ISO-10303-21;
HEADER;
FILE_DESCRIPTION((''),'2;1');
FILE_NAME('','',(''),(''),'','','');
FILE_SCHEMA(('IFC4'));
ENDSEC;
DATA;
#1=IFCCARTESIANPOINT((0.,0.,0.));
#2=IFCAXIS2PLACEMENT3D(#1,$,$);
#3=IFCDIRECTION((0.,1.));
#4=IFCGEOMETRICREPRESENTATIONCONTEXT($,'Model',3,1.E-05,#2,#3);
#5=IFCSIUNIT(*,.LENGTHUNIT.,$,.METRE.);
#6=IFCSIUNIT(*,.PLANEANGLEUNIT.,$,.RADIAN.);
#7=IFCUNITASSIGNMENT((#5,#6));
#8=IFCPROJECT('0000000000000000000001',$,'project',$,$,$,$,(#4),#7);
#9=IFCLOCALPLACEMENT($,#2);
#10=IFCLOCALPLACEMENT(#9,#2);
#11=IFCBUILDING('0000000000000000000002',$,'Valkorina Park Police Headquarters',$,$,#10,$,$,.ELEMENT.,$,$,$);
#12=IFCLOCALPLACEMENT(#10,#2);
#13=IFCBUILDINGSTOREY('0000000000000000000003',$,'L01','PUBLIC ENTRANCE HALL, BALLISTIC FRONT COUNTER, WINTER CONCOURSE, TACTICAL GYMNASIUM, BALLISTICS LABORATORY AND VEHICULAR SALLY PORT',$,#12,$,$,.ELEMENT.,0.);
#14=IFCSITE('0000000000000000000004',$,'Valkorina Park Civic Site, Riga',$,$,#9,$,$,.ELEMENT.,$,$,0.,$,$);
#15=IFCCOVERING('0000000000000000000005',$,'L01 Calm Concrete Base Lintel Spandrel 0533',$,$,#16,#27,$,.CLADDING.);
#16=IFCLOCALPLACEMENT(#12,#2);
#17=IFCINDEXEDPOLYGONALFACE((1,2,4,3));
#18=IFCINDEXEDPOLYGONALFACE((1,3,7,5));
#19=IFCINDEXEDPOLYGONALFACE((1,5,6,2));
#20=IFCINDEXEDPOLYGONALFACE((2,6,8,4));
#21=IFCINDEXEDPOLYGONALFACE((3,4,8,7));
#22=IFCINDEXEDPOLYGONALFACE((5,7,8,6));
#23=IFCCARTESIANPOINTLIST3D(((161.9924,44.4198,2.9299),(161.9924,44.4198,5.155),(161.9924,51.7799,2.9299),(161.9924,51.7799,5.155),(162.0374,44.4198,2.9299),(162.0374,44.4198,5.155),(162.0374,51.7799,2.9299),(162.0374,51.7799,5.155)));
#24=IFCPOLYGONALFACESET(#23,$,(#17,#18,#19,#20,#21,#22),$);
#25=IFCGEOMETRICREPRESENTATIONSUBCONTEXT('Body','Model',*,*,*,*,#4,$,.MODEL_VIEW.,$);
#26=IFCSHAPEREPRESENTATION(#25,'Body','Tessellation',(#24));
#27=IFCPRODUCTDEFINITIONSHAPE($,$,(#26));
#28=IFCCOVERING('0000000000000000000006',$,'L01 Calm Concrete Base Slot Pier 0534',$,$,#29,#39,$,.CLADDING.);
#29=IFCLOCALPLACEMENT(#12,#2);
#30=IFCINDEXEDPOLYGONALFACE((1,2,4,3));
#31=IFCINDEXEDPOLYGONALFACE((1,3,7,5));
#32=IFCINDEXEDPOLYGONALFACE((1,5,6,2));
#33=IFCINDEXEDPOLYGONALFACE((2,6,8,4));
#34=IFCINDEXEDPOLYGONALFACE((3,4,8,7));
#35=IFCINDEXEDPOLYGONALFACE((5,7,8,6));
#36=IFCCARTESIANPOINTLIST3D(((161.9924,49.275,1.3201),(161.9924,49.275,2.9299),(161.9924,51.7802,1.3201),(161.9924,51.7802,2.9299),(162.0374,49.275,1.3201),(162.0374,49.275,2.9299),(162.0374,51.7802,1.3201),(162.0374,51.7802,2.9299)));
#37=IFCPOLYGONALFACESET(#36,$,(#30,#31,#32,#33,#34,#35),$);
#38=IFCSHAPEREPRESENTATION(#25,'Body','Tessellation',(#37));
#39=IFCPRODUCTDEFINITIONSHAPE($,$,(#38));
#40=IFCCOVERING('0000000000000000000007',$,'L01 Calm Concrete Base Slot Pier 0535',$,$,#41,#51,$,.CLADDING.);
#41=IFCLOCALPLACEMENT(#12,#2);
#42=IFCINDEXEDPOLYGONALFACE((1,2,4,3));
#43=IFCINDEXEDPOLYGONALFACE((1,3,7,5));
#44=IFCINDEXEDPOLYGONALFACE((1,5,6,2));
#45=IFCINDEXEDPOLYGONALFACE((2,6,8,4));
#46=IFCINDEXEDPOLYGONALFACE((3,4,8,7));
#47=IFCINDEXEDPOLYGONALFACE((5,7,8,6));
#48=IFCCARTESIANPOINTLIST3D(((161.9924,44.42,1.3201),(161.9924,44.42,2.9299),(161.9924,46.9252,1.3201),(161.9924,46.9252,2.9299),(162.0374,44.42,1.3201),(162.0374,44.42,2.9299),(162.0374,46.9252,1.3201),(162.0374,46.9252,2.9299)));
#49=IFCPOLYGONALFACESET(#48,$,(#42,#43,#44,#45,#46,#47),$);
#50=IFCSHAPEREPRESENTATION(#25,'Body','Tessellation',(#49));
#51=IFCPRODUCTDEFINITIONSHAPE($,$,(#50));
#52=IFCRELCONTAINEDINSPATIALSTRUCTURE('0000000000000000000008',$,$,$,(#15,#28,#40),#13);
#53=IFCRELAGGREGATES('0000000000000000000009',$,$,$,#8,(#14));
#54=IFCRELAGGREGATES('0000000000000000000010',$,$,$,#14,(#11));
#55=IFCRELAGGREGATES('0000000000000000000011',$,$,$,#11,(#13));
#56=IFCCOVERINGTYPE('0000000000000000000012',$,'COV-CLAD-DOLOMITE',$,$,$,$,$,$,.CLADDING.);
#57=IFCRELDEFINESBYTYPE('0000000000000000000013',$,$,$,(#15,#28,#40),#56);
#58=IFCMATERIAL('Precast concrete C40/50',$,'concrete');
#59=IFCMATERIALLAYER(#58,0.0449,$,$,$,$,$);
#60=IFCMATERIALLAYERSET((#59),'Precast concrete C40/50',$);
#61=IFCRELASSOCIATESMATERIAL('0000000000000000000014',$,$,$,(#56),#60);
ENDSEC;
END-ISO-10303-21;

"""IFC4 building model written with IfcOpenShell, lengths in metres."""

from ifc_helpers import new_model, si_unit, direction, frame, frame_2d, origin, place, context, subcontext, project, spatial, rectangle, extrude, material, layer, layer_set, type_object, element, save


model = new_model("IFC4")

# Units and contexts
model_context = context("Model", 3, precision=1e-05, world=origin(), true_north=direction((0.0, 1.0)))
body_context = subcontext(model_context, "Body", "Model", "MODEL_VIEW")
ifc_project = project(units=[si_unit("LENGTHUNIT", "METRE"), si_unit("PLANEANGLEUNIT", "RADIAN")], contexts=[model_context])

# Site, building, storey
site_placement = place(None, origin())
site = spatial("IfcSite", under=ifc_project, at=site_placement, Name="Valkorina Park Civic Site, Riga", CompositionType="ELEMENT", RefElevation=0.0)
building_placement = place(site_placement, origin())
building = spatial("IfcBuilding", under=site, at=building_placement, Name="Valkorina Park Police Headquarters", CompositionType="ELEMENT")
storey_placement = place(building_placement, origin())
storey = spatial("IfcBuildingStorey", under=building, at=storey_placement, Name="L01", Description="PUBLIC ENTRANCE HALL, BALLISTIC FRONT COUNTER, WINTER CONCOURSE, TACTICAL GYMNASIUM, BALLISTICS LABORATORY AND VEHICULAR SALLY PORT", CompositionType="ELEMENT", Elevation=0.0)

# Shared definitions
ifc_material_1 = material(Name="Precast concrete C40/50", Category="concrete")

# Coverings
ifc_layer_1 = layer(ifc_material_1, 0.0449)
ifc_layer_set_1 = layer_set([ifc_layer_1], Name="Precast concrete C40/50")
covering_type = type_object("IfcCoveringType", Name="COV-CLAD-DOLOMITE", PredefinedType="CLADDING", material=ifc_layer_set_1)
covering_1_placement = place(storey_placement, frame((162.0149, 51.78, 2.9299), z_axis=(0.0, 0.0, 1.0), x_axis=(0.0, -1.0, 0.0)))
element("IfcCovering", 1, at=covering_1_placement, inside=storey, type_object=covering_type, Name="L01 Calm Concrete Base Lintel Spandrel 0533", PredefinedType="CLADDING", context=body_context, shape_type="SweptSolid", body=[
    extrude(rectangle(XDim=7.3601, YDim=0.0449, at=frame_2d((3.6802, 0.0))), origin(), (0.0, 0.0, 1.0), 2.2251),
])
for number, where, z_axis, x_axis, name in (
    (2, (162.0149, 51.78, 1.3201), (0.0, 0.0, 1.0), (0.0, -1.0, 0.0), "L01 Calm Concrete Base Slot Pier 0534"),
    (3, (162.0149, 46.925, 1.3201), (0.0, 0.0, 1.0), (0.0, -1.0, 0.0), "L01 Calm Concrete Base Slot Pier 0535"),
):
    element("IfcCovering", number, at=place(storey_placement, frame(where, z_axis=z_axis, x_axis=x_axis)), inside=storey, type_object=covering_type, Name=name, PredefinedType="CLADDING", context=body_context, shape_type="SweptSolid", body=[
        extrude(rectangle(XDim=2.5051, YDim=0.0449, at=frame_2d((1.2524, 0.0))), origin(), (0.0, 0.0, 1.0), 1.6099),
    ])

save(model, "model.ifc")
